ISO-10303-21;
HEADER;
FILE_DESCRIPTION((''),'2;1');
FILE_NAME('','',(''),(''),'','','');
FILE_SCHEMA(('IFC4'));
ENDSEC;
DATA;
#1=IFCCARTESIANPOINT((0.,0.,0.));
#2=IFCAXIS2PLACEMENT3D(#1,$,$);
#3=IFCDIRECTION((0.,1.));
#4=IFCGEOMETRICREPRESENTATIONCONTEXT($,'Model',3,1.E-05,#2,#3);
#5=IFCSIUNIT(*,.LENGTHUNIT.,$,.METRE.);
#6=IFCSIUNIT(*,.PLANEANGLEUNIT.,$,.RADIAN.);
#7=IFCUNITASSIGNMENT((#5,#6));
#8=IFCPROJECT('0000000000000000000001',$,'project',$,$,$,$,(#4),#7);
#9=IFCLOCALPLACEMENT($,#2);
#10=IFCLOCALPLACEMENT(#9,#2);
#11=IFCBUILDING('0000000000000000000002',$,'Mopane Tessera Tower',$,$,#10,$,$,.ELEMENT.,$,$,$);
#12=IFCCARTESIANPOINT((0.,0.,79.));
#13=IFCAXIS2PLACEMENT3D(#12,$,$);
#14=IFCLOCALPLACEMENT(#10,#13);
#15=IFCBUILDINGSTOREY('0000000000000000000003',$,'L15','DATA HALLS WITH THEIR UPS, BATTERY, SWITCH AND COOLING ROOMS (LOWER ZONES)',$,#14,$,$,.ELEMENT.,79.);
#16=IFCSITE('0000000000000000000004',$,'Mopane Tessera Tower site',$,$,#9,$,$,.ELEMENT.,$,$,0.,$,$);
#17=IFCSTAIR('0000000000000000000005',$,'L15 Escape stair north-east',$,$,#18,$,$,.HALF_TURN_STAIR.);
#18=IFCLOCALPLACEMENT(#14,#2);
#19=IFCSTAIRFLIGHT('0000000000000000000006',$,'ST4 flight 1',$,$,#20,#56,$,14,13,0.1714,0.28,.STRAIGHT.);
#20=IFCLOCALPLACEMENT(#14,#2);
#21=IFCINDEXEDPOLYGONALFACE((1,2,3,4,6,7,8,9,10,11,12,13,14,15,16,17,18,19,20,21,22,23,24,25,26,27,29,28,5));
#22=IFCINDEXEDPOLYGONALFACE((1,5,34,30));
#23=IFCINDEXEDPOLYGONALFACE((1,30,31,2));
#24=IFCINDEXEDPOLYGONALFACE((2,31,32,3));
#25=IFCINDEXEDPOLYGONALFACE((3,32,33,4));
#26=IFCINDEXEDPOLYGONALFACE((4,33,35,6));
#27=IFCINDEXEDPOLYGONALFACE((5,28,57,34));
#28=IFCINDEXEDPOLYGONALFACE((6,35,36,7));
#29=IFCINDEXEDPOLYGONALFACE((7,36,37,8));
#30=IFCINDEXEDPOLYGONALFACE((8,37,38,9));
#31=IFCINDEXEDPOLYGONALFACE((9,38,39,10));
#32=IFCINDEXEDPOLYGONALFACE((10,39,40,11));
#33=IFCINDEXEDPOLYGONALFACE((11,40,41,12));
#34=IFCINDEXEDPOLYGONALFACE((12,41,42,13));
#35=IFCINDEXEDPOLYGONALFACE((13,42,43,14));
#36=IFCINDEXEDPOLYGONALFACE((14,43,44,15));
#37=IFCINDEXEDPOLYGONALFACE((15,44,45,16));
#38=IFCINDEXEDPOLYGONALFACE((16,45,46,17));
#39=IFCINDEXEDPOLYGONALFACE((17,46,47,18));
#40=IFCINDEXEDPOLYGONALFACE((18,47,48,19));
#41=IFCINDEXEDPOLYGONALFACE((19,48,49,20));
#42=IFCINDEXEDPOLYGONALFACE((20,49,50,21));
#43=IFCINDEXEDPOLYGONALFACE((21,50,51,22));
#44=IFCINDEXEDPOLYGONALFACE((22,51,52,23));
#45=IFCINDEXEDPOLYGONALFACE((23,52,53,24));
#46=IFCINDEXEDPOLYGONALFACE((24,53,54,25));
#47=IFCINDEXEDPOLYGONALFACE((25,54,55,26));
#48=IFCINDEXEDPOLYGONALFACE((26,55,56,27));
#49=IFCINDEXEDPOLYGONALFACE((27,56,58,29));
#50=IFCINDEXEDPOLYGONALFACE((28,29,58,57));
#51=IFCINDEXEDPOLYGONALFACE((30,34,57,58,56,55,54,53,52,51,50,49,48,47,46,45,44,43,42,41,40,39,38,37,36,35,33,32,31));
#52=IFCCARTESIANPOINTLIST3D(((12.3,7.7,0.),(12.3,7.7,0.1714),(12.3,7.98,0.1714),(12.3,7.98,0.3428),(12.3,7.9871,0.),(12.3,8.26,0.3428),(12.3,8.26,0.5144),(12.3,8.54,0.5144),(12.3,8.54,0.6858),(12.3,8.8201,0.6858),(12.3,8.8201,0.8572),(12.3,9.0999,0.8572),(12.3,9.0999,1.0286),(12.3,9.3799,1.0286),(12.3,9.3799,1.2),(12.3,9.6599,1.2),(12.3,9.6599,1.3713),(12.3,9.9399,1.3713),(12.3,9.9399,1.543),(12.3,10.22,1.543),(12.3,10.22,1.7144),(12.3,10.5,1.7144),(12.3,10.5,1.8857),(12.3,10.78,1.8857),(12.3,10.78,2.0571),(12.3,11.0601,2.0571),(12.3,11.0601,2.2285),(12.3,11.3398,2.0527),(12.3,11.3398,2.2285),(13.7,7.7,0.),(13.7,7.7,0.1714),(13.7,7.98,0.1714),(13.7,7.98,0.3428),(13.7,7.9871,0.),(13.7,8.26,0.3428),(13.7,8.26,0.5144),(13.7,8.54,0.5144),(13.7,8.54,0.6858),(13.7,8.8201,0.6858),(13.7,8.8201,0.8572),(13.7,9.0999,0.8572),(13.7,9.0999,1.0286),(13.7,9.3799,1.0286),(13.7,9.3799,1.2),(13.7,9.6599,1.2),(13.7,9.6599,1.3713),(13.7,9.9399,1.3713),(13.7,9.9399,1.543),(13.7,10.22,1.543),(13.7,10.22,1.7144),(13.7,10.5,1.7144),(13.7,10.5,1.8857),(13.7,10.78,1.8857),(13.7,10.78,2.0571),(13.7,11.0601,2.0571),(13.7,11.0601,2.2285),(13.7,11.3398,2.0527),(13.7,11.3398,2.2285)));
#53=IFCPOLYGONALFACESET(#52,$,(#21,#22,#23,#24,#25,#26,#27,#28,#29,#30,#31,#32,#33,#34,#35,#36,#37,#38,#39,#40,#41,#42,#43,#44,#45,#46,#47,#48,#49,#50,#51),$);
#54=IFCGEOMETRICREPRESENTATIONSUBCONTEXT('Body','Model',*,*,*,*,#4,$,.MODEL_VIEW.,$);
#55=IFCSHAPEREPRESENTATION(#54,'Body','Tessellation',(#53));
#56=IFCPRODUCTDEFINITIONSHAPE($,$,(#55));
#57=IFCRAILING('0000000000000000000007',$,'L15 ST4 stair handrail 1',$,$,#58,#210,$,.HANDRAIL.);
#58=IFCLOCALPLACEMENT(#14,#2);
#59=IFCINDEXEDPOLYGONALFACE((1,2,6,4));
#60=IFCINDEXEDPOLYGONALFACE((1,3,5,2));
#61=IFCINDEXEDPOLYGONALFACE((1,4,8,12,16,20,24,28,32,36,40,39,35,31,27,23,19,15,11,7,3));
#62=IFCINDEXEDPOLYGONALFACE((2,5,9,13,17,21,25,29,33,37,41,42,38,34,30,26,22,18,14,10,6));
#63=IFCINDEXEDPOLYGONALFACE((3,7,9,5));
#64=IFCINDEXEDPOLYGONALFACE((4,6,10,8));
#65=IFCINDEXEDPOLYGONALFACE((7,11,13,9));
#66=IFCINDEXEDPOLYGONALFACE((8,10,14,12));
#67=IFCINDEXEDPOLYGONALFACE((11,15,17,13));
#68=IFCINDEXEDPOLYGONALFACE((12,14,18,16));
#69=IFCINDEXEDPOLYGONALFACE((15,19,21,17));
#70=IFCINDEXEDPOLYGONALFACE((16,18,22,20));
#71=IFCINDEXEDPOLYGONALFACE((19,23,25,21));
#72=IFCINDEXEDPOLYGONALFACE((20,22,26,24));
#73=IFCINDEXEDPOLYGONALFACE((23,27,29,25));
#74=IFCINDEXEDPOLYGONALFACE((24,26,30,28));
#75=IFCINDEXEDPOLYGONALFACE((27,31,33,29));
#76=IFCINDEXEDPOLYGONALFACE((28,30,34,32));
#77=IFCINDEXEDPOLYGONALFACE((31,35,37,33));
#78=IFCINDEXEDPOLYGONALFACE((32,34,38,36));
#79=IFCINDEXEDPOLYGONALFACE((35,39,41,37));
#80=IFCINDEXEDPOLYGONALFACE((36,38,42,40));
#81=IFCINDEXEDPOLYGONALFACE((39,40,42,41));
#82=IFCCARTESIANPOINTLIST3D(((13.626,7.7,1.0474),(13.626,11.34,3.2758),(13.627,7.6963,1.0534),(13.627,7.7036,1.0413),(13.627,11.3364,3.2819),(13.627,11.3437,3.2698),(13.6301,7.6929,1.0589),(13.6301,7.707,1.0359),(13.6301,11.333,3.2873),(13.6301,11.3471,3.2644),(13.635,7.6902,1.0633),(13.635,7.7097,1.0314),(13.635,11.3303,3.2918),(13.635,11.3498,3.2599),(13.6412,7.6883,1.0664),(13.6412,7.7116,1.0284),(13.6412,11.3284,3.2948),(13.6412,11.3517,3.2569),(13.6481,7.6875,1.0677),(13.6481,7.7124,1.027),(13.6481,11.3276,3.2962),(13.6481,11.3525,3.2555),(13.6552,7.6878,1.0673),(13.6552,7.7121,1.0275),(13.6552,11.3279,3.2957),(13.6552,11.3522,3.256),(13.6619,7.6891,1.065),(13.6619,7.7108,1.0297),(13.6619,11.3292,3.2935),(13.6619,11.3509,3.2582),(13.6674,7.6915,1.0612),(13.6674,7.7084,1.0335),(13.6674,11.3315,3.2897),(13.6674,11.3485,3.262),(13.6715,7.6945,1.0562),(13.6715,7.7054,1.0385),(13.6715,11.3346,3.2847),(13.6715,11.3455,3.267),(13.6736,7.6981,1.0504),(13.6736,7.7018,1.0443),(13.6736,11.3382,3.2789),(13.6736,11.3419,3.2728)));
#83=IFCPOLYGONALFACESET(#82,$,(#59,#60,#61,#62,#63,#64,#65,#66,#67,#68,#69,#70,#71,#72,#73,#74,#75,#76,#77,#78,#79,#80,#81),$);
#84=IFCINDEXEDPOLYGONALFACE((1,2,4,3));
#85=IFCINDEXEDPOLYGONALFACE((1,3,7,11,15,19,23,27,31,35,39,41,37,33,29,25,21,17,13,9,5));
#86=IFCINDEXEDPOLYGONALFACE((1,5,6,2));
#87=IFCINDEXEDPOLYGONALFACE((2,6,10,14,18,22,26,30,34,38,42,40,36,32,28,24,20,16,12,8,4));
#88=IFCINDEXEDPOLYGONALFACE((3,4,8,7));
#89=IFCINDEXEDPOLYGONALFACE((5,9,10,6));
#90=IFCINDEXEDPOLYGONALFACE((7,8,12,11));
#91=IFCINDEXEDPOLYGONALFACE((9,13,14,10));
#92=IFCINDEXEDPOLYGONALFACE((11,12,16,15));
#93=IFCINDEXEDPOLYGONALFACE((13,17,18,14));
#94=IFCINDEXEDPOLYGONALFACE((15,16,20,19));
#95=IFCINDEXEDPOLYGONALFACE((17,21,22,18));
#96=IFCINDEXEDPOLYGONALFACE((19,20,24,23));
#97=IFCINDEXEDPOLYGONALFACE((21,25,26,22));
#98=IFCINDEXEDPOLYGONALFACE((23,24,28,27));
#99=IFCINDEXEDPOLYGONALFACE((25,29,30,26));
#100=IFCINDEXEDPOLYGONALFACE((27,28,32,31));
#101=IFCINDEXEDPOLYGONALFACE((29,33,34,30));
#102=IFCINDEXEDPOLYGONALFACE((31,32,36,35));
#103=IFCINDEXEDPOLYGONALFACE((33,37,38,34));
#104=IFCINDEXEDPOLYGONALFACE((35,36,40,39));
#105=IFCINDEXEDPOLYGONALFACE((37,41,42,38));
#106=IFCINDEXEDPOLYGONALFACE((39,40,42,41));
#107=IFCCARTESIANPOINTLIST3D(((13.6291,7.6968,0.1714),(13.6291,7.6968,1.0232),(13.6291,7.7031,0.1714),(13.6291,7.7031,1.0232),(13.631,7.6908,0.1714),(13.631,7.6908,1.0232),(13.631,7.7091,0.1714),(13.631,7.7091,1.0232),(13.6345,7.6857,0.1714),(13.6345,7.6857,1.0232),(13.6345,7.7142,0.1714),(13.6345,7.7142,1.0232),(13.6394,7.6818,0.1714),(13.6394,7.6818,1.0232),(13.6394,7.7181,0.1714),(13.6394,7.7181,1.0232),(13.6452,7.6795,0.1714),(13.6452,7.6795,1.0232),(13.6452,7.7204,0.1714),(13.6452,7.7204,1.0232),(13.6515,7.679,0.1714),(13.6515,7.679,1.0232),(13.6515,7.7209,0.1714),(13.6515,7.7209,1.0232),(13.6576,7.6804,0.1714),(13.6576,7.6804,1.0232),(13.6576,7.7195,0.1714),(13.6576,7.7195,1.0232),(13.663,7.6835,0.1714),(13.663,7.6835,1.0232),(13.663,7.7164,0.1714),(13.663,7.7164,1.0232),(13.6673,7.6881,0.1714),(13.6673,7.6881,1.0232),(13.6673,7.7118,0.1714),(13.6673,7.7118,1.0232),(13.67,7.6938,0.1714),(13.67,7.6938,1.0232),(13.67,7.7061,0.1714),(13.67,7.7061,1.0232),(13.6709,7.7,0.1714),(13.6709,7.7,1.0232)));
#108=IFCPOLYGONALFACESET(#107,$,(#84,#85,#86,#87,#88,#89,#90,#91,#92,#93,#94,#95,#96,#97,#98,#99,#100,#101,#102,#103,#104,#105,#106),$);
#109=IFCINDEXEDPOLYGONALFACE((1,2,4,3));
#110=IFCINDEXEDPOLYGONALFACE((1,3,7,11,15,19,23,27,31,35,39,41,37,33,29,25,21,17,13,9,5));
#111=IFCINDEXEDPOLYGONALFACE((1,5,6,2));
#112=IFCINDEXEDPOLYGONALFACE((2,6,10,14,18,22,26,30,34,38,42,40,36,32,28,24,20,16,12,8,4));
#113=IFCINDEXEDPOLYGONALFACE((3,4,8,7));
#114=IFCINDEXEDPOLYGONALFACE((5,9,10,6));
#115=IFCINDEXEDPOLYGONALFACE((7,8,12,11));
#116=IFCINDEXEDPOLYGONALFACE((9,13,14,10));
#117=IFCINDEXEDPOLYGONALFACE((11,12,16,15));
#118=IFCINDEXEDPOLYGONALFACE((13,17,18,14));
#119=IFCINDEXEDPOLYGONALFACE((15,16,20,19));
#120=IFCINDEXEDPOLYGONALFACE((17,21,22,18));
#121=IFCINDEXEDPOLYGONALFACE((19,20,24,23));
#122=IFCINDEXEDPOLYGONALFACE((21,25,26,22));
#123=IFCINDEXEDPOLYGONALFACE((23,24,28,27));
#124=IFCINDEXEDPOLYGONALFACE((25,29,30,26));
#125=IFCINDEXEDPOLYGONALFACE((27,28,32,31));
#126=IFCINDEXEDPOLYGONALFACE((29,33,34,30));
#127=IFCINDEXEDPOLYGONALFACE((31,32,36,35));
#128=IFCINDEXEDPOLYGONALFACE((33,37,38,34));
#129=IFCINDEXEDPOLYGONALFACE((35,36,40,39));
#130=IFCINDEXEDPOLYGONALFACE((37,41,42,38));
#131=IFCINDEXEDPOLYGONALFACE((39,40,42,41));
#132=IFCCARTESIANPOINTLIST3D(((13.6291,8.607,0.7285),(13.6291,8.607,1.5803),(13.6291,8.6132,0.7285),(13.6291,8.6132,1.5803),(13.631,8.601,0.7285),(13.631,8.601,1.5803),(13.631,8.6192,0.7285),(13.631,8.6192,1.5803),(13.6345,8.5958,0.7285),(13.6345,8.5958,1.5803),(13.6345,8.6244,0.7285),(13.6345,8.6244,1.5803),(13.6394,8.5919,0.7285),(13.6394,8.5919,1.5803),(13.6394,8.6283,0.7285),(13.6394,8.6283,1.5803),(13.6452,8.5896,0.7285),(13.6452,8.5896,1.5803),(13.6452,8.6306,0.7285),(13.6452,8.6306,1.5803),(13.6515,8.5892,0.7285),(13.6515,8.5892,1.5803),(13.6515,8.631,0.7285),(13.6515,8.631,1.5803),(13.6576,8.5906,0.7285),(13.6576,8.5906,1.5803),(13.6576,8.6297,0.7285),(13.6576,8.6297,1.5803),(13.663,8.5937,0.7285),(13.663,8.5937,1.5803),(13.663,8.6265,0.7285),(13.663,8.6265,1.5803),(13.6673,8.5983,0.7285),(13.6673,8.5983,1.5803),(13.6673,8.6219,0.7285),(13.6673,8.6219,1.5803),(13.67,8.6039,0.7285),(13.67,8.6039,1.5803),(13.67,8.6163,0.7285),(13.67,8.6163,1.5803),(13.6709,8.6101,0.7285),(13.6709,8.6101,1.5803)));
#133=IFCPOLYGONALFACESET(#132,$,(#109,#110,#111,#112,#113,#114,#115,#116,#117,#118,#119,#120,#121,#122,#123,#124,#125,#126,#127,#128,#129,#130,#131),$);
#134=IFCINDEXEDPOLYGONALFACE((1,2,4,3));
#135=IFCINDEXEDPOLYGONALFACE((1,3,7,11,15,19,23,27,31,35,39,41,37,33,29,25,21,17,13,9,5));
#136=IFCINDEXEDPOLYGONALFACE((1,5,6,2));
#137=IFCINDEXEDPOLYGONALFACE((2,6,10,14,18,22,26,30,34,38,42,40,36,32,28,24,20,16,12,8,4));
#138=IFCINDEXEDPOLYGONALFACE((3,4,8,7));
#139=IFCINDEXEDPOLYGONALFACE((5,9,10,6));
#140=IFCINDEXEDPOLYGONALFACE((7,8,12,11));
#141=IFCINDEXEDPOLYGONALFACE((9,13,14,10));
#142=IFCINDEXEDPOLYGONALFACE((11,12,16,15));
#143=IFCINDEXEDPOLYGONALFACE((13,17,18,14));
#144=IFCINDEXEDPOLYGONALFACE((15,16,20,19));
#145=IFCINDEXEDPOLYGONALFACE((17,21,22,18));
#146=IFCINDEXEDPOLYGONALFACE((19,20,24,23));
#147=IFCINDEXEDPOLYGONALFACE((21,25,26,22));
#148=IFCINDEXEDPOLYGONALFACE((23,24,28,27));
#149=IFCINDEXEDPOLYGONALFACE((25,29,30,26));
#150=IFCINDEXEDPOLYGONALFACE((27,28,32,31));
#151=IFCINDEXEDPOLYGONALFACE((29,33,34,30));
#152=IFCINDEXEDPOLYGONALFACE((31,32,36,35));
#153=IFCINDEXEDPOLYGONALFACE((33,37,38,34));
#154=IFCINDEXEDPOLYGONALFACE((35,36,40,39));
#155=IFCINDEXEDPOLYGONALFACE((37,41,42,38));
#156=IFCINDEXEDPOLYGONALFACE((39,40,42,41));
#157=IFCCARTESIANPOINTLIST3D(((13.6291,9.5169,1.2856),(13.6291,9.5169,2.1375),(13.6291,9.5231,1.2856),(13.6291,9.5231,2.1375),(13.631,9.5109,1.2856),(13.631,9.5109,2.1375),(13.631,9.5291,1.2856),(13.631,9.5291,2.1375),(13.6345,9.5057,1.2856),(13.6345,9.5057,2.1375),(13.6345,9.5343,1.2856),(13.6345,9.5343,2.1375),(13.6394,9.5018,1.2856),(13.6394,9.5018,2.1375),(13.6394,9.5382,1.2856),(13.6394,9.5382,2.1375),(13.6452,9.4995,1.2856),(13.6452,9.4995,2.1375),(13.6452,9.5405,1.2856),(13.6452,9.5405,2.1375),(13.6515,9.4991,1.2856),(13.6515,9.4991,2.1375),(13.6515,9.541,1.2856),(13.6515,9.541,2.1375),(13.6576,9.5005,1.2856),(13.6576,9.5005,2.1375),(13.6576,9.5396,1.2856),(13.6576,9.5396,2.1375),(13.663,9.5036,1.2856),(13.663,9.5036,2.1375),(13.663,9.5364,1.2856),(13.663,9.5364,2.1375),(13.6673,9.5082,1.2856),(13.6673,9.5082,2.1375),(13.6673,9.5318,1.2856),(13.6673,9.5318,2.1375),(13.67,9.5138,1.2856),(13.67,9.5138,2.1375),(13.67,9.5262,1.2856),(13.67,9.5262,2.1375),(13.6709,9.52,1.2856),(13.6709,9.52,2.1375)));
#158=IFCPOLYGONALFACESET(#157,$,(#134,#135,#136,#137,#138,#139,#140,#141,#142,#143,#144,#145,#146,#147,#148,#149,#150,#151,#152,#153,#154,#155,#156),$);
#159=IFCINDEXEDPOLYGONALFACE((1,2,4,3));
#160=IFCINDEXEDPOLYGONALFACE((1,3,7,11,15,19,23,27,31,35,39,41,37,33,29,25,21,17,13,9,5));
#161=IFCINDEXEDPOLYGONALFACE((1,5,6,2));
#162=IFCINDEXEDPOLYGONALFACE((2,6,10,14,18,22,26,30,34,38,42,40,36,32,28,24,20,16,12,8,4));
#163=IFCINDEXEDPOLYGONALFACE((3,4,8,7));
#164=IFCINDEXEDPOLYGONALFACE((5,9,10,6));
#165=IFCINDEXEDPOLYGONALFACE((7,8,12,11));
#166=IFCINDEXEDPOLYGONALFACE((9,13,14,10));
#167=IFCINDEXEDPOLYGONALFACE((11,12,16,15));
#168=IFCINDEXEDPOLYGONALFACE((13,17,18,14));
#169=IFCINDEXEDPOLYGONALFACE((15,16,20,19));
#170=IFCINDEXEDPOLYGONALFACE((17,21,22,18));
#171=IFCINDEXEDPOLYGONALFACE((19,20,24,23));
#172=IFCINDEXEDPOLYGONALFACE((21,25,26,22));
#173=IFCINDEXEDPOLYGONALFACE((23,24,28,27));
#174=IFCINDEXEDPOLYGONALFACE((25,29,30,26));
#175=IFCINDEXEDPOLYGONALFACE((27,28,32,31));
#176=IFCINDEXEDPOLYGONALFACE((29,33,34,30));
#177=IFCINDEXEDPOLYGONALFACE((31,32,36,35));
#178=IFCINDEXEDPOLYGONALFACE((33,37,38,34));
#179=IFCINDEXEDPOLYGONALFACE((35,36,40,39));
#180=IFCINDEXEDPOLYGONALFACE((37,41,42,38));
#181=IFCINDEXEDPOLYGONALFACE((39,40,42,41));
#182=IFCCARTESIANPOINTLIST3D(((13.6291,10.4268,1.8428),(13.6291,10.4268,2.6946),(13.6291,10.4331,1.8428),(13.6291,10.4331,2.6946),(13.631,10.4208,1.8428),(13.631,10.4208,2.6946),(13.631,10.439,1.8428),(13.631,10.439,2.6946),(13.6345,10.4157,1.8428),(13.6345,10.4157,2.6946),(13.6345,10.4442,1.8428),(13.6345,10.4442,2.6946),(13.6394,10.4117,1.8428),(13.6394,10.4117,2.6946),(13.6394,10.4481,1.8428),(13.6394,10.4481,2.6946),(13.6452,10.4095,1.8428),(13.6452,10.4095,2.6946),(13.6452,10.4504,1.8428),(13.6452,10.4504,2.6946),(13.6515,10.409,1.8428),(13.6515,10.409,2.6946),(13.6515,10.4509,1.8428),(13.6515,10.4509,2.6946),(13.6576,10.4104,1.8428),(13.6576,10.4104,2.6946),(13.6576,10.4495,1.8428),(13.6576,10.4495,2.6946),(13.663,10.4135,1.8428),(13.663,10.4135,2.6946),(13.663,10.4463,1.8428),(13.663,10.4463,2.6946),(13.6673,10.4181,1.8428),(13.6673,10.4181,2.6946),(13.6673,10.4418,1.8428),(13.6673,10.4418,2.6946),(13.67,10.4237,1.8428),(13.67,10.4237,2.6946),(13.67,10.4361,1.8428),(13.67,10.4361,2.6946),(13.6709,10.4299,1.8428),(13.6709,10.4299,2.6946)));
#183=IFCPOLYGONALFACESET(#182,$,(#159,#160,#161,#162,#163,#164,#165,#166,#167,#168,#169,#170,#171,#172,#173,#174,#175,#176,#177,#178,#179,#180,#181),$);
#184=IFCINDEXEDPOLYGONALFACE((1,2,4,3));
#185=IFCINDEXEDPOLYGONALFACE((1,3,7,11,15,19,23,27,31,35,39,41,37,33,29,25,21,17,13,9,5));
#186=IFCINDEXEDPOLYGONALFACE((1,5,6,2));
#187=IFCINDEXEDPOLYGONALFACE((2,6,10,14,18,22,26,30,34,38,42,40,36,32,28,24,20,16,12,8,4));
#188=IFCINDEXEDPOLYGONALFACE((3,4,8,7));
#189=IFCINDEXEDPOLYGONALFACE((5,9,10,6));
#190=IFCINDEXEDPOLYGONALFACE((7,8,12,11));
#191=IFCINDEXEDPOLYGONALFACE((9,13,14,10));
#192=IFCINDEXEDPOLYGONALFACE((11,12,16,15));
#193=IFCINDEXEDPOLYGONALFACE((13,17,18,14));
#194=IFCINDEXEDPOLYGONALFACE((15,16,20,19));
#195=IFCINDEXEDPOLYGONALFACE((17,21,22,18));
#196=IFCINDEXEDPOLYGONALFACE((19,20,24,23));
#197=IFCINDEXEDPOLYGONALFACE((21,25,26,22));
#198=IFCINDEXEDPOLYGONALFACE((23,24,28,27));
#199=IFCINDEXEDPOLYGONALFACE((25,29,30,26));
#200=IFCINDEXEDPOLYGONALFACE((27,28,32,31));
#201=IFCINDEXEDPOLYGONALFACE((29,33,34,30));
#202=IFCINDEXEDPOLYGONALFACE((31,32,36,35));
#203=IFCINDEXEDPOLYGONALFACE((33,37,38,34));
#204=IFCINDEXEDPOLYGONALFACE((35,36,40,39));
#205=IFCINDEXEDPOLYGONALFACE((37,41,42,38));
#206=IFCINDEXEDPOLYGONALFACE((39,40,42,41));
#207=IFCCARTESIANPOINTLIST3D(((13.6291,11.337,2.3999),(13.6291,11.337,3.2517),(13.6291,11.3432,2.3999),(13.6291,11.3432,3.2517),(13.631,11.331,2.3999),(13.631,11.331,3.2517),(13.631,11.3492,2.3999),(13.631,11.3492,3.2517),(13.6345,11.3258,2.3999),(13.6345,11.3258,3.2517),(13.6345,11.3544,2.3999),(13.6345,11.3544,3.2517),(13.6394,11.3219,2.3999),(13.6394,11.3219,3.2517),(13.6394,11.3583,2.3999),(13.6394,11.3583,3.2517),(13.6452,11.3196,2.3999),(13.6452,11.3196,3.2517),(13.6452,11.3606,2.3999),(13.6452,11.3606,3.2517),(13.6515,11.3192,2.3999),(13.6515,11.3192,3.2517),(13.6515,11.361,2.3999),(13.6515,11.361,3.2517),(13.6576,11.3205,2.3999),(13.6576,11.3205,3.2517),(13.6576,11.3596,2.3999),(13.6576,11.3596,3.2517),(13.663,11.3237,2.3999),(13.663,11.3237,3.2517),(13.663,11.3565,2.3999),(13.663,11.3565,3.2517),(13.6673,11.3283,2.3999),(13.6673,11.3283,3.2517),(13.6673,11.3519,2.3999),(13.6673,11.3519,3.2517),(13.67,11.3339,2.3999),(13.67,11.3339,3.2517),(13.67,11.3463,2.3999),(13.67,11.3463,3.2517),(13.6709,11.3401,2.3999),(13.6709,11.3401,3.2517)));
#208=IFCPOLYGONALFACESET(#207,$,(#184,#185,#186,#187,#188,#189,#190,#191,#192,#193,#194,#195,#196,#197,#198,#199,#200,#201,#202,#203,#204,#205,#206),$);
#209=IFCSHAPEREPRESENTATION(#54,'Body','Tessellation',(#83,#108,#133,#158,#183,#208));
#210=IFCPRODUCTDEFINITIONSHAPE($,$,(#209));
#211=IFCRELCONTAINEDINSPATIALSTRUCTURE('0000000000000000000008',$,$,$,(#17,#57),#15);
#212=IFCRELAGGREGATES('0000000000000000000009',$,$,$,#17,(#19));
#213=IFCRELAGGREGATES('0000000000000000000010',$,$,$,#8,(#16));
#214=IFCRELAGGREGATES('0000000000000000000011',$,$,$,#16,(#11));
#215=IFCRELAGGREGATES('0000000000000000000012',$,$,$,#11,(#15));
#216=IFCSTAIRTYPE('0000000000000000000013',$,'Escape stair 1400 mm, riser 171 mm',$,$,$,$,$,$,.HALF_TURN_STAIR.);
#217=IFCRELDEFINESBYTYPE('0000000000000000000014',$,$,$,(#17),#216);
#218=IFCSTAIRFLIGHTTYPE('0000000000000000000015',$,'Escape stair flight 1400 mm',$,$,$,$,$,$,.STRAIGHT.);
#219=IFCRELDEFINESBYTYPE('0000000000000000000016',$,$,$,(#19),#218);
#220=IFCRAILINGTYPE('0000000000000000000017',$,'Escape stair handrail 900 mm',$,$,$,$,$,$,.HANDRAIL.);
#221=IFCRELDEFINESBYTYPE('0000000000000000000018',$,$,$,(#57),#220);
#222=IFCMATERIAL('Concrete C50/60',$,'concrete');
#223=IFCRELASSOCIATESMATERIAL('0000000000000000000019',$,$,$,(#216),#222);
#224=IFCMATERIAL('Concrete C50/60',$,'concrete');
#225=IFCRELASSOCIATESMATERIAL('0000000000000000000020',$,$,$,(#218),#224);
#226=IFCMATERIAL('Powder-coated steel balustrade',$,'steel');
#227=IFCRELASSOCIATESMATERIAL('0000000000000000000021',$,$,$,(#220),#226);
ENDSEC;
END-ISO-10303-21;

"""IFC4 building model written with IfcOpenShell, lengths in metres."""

from ifc_helpers import new_model, si_unit, direction, frame, origin, origin_2d, place, context, subcontext, project, spatial, polyline, circle, outline, extrude, material, type_object, element, aggregate, save


model = new_model("IFC4")

# Units and contexts
model_context = context("Model", 3, precision=1e-05, world=origin(), true_north=direction((0.0, 1.0)))
body_context = subcontext(model_context, "Body", "Model", "MODEL_VIEW")
ifc_project = project(units=[si_unit("LENGTHUNIT", "METRE"), si_unit("PLANEANGLEUNIT", "RADIAN")], contexts=[model_context])

# Site, building, storey
site_placement = place(None, origin())
site = spatial("IfcSite", under=ifc_project, at=site_placement, Name="Mopane Tessera Tower site", CompositionType="ELEMENT", RefElevation=0.0)
building_placement = place(site_placement, origin())
building = spatial("IfcBuilding", under=site, at=building_placement, Name="Mopane Tessera Tower", CompositionType="ELEMENT")
storey_placement = place(building_placement, frame((0.0, 0.0, 79.0)))
storey = spatial("IfcBuildingStorey", under=building, at=storey_placement, Name="L15", Description="DATA HALLS WITH THEIR UPS, BATTERY, SWITCH AND COOLING ROOMS (LOWER ZONES)", CompositionType="ELEMENT", Elevation=79.0)

# Stair, stair flight
ifc_material_1 = material(Name="Concrete C50/60", Category="concrete")
stair_type = type_object("IfcStairType", Name="Escape stair 1400 mm, riser 171 mm", PredefinedType="HALF_TURN_STAIR", material=ifc_material_1)
stair_placement = place(storey_placement, origin())
stair = element("IfcStair", 1, at=stair_placement, inside=storey, type_object=stair_type, Name="L15 Escape stair north-east", PredefinedType="HALF_TURN_STAIR")
ifc_material_2 = material(Name="Concrete C50/60", Category="concrete")
stair_flight_type = type_object("IfcStairFlightType", Name="Escape stair flight 1400 mm", PredefinedType="STRAIGHT", material=ifc_material_2)
stair_flight_placement = place(storey_placement, frame((13.0, 7.7, 0.0), z_axis=(0.0, 0.0, 1.0), x_axis=(0.0, 1.0, 0.0)))
stair_flight = element("IfcStairFlight", 2, at=stair_flight_placement, type_object=stair_flight_type, Name="ST4 flight 1", NumberOfRisers=14, NumberOfTreads=13, PredefinedType="STRAIGHT", RiserHeight=0.1714, TreadLength=0.28, context=body_context, shape_type="SweptSolid", body=[
    extrude(outline(polyline([(0.0, 0.0), (0.0, 0.1714), (0.28, 0.1714), (0.28, 0.3428), (0.5601, 0.3428), (0.5601, 0.5144), (0.8401, 0.5144), (0.8401, 0.6858), (1.1201, 0.6858), (1.1201, 0.8572), (1.3999, 0.8572), (1.3999, 1.0286), (1.6799, 1.0286), (1.6799, 1.2), (1.96, 1.2), (1.96, 1.3713), (2.24, 1.3713), (2.24, 1.543), (2.52, 1.543), (2.52, 1.7144), (2.8, 1.7144), (2.8, 1.8857), (3.0801, 1.8857), (3.0801, 2.0571), (3.3601, 2.0571), (3.3601, 2.2285), (3.6399, 2.2285), (3.6399, 2.3999), (3.6399, 2.0527), (0.2871, 0.0), (0.0, 0.0)])), frame((0.0, 0.7, 0.0), z_axis=(0.0, -1.0, 0.0), x_axis=(1.0, 0.0, 0.0)), (0.0, 0.0, 1.0), 1.3999),
])
aggregate(stair, [stair_flight])

# Railing
ifc_material_3 = material(Name="Powder-coated steel balustrade", Category="steel")
railing_type = type_object("IfcRailingType", Name="Escape stair handrail 900 mm", PredefinedType="HANDRAIL", material=ifc_material_3)
railing_placement = place(storey_placement, frame((13.6499, 7.7, 0.1714)))
element("IfcRailing", 3, at=railing_placement, inside=storey, type_object=railing_type, Name="L15 ST4 stair handrail 1", PredefinedType="HANDRAIL", context=body_context, shape_type="SweptSolid", body=[
    extrude(circle(Radius=0.0239, at=origin_2d()), frame((0.0, 0.0, 0.876), z_axis=(0.0, 0.852866, 0.52213), x_axis=(-1.0, 0.0, 0.0)), (0.0, 0.0, 1.0), 4.2681),
    extrude(circle(Radius=0.021, at=origin_2d()), origin(), (0.0, 0.0, 1.0), 0.8518),
    extrude(circle(Radius=0.021, at=origin_2d()), frame((0.0, 0.9102, 0.5571)), (0.0, 0.0, 1.0), 0.8518),
    extrude(circle(Radius=0.021, at=origin_2d()), frame((0.0, 1.8201, 1.1143)), (0.0, 0.0, 1.0), 0.8518),
    extrude(circle(Radius=0.021, at=origin_2d()), frame((0.0, 2.73, 1.6714)), (0.0, 0.0, 1.0), 0.8518),
    extrude(circle(Radius=0.021, at=origin_2d()), frame((0.0, 3.6401, 2.2285)), (0.0, 0.0, 1.0), 0.8518),
])

save(model, "model.ifc")
